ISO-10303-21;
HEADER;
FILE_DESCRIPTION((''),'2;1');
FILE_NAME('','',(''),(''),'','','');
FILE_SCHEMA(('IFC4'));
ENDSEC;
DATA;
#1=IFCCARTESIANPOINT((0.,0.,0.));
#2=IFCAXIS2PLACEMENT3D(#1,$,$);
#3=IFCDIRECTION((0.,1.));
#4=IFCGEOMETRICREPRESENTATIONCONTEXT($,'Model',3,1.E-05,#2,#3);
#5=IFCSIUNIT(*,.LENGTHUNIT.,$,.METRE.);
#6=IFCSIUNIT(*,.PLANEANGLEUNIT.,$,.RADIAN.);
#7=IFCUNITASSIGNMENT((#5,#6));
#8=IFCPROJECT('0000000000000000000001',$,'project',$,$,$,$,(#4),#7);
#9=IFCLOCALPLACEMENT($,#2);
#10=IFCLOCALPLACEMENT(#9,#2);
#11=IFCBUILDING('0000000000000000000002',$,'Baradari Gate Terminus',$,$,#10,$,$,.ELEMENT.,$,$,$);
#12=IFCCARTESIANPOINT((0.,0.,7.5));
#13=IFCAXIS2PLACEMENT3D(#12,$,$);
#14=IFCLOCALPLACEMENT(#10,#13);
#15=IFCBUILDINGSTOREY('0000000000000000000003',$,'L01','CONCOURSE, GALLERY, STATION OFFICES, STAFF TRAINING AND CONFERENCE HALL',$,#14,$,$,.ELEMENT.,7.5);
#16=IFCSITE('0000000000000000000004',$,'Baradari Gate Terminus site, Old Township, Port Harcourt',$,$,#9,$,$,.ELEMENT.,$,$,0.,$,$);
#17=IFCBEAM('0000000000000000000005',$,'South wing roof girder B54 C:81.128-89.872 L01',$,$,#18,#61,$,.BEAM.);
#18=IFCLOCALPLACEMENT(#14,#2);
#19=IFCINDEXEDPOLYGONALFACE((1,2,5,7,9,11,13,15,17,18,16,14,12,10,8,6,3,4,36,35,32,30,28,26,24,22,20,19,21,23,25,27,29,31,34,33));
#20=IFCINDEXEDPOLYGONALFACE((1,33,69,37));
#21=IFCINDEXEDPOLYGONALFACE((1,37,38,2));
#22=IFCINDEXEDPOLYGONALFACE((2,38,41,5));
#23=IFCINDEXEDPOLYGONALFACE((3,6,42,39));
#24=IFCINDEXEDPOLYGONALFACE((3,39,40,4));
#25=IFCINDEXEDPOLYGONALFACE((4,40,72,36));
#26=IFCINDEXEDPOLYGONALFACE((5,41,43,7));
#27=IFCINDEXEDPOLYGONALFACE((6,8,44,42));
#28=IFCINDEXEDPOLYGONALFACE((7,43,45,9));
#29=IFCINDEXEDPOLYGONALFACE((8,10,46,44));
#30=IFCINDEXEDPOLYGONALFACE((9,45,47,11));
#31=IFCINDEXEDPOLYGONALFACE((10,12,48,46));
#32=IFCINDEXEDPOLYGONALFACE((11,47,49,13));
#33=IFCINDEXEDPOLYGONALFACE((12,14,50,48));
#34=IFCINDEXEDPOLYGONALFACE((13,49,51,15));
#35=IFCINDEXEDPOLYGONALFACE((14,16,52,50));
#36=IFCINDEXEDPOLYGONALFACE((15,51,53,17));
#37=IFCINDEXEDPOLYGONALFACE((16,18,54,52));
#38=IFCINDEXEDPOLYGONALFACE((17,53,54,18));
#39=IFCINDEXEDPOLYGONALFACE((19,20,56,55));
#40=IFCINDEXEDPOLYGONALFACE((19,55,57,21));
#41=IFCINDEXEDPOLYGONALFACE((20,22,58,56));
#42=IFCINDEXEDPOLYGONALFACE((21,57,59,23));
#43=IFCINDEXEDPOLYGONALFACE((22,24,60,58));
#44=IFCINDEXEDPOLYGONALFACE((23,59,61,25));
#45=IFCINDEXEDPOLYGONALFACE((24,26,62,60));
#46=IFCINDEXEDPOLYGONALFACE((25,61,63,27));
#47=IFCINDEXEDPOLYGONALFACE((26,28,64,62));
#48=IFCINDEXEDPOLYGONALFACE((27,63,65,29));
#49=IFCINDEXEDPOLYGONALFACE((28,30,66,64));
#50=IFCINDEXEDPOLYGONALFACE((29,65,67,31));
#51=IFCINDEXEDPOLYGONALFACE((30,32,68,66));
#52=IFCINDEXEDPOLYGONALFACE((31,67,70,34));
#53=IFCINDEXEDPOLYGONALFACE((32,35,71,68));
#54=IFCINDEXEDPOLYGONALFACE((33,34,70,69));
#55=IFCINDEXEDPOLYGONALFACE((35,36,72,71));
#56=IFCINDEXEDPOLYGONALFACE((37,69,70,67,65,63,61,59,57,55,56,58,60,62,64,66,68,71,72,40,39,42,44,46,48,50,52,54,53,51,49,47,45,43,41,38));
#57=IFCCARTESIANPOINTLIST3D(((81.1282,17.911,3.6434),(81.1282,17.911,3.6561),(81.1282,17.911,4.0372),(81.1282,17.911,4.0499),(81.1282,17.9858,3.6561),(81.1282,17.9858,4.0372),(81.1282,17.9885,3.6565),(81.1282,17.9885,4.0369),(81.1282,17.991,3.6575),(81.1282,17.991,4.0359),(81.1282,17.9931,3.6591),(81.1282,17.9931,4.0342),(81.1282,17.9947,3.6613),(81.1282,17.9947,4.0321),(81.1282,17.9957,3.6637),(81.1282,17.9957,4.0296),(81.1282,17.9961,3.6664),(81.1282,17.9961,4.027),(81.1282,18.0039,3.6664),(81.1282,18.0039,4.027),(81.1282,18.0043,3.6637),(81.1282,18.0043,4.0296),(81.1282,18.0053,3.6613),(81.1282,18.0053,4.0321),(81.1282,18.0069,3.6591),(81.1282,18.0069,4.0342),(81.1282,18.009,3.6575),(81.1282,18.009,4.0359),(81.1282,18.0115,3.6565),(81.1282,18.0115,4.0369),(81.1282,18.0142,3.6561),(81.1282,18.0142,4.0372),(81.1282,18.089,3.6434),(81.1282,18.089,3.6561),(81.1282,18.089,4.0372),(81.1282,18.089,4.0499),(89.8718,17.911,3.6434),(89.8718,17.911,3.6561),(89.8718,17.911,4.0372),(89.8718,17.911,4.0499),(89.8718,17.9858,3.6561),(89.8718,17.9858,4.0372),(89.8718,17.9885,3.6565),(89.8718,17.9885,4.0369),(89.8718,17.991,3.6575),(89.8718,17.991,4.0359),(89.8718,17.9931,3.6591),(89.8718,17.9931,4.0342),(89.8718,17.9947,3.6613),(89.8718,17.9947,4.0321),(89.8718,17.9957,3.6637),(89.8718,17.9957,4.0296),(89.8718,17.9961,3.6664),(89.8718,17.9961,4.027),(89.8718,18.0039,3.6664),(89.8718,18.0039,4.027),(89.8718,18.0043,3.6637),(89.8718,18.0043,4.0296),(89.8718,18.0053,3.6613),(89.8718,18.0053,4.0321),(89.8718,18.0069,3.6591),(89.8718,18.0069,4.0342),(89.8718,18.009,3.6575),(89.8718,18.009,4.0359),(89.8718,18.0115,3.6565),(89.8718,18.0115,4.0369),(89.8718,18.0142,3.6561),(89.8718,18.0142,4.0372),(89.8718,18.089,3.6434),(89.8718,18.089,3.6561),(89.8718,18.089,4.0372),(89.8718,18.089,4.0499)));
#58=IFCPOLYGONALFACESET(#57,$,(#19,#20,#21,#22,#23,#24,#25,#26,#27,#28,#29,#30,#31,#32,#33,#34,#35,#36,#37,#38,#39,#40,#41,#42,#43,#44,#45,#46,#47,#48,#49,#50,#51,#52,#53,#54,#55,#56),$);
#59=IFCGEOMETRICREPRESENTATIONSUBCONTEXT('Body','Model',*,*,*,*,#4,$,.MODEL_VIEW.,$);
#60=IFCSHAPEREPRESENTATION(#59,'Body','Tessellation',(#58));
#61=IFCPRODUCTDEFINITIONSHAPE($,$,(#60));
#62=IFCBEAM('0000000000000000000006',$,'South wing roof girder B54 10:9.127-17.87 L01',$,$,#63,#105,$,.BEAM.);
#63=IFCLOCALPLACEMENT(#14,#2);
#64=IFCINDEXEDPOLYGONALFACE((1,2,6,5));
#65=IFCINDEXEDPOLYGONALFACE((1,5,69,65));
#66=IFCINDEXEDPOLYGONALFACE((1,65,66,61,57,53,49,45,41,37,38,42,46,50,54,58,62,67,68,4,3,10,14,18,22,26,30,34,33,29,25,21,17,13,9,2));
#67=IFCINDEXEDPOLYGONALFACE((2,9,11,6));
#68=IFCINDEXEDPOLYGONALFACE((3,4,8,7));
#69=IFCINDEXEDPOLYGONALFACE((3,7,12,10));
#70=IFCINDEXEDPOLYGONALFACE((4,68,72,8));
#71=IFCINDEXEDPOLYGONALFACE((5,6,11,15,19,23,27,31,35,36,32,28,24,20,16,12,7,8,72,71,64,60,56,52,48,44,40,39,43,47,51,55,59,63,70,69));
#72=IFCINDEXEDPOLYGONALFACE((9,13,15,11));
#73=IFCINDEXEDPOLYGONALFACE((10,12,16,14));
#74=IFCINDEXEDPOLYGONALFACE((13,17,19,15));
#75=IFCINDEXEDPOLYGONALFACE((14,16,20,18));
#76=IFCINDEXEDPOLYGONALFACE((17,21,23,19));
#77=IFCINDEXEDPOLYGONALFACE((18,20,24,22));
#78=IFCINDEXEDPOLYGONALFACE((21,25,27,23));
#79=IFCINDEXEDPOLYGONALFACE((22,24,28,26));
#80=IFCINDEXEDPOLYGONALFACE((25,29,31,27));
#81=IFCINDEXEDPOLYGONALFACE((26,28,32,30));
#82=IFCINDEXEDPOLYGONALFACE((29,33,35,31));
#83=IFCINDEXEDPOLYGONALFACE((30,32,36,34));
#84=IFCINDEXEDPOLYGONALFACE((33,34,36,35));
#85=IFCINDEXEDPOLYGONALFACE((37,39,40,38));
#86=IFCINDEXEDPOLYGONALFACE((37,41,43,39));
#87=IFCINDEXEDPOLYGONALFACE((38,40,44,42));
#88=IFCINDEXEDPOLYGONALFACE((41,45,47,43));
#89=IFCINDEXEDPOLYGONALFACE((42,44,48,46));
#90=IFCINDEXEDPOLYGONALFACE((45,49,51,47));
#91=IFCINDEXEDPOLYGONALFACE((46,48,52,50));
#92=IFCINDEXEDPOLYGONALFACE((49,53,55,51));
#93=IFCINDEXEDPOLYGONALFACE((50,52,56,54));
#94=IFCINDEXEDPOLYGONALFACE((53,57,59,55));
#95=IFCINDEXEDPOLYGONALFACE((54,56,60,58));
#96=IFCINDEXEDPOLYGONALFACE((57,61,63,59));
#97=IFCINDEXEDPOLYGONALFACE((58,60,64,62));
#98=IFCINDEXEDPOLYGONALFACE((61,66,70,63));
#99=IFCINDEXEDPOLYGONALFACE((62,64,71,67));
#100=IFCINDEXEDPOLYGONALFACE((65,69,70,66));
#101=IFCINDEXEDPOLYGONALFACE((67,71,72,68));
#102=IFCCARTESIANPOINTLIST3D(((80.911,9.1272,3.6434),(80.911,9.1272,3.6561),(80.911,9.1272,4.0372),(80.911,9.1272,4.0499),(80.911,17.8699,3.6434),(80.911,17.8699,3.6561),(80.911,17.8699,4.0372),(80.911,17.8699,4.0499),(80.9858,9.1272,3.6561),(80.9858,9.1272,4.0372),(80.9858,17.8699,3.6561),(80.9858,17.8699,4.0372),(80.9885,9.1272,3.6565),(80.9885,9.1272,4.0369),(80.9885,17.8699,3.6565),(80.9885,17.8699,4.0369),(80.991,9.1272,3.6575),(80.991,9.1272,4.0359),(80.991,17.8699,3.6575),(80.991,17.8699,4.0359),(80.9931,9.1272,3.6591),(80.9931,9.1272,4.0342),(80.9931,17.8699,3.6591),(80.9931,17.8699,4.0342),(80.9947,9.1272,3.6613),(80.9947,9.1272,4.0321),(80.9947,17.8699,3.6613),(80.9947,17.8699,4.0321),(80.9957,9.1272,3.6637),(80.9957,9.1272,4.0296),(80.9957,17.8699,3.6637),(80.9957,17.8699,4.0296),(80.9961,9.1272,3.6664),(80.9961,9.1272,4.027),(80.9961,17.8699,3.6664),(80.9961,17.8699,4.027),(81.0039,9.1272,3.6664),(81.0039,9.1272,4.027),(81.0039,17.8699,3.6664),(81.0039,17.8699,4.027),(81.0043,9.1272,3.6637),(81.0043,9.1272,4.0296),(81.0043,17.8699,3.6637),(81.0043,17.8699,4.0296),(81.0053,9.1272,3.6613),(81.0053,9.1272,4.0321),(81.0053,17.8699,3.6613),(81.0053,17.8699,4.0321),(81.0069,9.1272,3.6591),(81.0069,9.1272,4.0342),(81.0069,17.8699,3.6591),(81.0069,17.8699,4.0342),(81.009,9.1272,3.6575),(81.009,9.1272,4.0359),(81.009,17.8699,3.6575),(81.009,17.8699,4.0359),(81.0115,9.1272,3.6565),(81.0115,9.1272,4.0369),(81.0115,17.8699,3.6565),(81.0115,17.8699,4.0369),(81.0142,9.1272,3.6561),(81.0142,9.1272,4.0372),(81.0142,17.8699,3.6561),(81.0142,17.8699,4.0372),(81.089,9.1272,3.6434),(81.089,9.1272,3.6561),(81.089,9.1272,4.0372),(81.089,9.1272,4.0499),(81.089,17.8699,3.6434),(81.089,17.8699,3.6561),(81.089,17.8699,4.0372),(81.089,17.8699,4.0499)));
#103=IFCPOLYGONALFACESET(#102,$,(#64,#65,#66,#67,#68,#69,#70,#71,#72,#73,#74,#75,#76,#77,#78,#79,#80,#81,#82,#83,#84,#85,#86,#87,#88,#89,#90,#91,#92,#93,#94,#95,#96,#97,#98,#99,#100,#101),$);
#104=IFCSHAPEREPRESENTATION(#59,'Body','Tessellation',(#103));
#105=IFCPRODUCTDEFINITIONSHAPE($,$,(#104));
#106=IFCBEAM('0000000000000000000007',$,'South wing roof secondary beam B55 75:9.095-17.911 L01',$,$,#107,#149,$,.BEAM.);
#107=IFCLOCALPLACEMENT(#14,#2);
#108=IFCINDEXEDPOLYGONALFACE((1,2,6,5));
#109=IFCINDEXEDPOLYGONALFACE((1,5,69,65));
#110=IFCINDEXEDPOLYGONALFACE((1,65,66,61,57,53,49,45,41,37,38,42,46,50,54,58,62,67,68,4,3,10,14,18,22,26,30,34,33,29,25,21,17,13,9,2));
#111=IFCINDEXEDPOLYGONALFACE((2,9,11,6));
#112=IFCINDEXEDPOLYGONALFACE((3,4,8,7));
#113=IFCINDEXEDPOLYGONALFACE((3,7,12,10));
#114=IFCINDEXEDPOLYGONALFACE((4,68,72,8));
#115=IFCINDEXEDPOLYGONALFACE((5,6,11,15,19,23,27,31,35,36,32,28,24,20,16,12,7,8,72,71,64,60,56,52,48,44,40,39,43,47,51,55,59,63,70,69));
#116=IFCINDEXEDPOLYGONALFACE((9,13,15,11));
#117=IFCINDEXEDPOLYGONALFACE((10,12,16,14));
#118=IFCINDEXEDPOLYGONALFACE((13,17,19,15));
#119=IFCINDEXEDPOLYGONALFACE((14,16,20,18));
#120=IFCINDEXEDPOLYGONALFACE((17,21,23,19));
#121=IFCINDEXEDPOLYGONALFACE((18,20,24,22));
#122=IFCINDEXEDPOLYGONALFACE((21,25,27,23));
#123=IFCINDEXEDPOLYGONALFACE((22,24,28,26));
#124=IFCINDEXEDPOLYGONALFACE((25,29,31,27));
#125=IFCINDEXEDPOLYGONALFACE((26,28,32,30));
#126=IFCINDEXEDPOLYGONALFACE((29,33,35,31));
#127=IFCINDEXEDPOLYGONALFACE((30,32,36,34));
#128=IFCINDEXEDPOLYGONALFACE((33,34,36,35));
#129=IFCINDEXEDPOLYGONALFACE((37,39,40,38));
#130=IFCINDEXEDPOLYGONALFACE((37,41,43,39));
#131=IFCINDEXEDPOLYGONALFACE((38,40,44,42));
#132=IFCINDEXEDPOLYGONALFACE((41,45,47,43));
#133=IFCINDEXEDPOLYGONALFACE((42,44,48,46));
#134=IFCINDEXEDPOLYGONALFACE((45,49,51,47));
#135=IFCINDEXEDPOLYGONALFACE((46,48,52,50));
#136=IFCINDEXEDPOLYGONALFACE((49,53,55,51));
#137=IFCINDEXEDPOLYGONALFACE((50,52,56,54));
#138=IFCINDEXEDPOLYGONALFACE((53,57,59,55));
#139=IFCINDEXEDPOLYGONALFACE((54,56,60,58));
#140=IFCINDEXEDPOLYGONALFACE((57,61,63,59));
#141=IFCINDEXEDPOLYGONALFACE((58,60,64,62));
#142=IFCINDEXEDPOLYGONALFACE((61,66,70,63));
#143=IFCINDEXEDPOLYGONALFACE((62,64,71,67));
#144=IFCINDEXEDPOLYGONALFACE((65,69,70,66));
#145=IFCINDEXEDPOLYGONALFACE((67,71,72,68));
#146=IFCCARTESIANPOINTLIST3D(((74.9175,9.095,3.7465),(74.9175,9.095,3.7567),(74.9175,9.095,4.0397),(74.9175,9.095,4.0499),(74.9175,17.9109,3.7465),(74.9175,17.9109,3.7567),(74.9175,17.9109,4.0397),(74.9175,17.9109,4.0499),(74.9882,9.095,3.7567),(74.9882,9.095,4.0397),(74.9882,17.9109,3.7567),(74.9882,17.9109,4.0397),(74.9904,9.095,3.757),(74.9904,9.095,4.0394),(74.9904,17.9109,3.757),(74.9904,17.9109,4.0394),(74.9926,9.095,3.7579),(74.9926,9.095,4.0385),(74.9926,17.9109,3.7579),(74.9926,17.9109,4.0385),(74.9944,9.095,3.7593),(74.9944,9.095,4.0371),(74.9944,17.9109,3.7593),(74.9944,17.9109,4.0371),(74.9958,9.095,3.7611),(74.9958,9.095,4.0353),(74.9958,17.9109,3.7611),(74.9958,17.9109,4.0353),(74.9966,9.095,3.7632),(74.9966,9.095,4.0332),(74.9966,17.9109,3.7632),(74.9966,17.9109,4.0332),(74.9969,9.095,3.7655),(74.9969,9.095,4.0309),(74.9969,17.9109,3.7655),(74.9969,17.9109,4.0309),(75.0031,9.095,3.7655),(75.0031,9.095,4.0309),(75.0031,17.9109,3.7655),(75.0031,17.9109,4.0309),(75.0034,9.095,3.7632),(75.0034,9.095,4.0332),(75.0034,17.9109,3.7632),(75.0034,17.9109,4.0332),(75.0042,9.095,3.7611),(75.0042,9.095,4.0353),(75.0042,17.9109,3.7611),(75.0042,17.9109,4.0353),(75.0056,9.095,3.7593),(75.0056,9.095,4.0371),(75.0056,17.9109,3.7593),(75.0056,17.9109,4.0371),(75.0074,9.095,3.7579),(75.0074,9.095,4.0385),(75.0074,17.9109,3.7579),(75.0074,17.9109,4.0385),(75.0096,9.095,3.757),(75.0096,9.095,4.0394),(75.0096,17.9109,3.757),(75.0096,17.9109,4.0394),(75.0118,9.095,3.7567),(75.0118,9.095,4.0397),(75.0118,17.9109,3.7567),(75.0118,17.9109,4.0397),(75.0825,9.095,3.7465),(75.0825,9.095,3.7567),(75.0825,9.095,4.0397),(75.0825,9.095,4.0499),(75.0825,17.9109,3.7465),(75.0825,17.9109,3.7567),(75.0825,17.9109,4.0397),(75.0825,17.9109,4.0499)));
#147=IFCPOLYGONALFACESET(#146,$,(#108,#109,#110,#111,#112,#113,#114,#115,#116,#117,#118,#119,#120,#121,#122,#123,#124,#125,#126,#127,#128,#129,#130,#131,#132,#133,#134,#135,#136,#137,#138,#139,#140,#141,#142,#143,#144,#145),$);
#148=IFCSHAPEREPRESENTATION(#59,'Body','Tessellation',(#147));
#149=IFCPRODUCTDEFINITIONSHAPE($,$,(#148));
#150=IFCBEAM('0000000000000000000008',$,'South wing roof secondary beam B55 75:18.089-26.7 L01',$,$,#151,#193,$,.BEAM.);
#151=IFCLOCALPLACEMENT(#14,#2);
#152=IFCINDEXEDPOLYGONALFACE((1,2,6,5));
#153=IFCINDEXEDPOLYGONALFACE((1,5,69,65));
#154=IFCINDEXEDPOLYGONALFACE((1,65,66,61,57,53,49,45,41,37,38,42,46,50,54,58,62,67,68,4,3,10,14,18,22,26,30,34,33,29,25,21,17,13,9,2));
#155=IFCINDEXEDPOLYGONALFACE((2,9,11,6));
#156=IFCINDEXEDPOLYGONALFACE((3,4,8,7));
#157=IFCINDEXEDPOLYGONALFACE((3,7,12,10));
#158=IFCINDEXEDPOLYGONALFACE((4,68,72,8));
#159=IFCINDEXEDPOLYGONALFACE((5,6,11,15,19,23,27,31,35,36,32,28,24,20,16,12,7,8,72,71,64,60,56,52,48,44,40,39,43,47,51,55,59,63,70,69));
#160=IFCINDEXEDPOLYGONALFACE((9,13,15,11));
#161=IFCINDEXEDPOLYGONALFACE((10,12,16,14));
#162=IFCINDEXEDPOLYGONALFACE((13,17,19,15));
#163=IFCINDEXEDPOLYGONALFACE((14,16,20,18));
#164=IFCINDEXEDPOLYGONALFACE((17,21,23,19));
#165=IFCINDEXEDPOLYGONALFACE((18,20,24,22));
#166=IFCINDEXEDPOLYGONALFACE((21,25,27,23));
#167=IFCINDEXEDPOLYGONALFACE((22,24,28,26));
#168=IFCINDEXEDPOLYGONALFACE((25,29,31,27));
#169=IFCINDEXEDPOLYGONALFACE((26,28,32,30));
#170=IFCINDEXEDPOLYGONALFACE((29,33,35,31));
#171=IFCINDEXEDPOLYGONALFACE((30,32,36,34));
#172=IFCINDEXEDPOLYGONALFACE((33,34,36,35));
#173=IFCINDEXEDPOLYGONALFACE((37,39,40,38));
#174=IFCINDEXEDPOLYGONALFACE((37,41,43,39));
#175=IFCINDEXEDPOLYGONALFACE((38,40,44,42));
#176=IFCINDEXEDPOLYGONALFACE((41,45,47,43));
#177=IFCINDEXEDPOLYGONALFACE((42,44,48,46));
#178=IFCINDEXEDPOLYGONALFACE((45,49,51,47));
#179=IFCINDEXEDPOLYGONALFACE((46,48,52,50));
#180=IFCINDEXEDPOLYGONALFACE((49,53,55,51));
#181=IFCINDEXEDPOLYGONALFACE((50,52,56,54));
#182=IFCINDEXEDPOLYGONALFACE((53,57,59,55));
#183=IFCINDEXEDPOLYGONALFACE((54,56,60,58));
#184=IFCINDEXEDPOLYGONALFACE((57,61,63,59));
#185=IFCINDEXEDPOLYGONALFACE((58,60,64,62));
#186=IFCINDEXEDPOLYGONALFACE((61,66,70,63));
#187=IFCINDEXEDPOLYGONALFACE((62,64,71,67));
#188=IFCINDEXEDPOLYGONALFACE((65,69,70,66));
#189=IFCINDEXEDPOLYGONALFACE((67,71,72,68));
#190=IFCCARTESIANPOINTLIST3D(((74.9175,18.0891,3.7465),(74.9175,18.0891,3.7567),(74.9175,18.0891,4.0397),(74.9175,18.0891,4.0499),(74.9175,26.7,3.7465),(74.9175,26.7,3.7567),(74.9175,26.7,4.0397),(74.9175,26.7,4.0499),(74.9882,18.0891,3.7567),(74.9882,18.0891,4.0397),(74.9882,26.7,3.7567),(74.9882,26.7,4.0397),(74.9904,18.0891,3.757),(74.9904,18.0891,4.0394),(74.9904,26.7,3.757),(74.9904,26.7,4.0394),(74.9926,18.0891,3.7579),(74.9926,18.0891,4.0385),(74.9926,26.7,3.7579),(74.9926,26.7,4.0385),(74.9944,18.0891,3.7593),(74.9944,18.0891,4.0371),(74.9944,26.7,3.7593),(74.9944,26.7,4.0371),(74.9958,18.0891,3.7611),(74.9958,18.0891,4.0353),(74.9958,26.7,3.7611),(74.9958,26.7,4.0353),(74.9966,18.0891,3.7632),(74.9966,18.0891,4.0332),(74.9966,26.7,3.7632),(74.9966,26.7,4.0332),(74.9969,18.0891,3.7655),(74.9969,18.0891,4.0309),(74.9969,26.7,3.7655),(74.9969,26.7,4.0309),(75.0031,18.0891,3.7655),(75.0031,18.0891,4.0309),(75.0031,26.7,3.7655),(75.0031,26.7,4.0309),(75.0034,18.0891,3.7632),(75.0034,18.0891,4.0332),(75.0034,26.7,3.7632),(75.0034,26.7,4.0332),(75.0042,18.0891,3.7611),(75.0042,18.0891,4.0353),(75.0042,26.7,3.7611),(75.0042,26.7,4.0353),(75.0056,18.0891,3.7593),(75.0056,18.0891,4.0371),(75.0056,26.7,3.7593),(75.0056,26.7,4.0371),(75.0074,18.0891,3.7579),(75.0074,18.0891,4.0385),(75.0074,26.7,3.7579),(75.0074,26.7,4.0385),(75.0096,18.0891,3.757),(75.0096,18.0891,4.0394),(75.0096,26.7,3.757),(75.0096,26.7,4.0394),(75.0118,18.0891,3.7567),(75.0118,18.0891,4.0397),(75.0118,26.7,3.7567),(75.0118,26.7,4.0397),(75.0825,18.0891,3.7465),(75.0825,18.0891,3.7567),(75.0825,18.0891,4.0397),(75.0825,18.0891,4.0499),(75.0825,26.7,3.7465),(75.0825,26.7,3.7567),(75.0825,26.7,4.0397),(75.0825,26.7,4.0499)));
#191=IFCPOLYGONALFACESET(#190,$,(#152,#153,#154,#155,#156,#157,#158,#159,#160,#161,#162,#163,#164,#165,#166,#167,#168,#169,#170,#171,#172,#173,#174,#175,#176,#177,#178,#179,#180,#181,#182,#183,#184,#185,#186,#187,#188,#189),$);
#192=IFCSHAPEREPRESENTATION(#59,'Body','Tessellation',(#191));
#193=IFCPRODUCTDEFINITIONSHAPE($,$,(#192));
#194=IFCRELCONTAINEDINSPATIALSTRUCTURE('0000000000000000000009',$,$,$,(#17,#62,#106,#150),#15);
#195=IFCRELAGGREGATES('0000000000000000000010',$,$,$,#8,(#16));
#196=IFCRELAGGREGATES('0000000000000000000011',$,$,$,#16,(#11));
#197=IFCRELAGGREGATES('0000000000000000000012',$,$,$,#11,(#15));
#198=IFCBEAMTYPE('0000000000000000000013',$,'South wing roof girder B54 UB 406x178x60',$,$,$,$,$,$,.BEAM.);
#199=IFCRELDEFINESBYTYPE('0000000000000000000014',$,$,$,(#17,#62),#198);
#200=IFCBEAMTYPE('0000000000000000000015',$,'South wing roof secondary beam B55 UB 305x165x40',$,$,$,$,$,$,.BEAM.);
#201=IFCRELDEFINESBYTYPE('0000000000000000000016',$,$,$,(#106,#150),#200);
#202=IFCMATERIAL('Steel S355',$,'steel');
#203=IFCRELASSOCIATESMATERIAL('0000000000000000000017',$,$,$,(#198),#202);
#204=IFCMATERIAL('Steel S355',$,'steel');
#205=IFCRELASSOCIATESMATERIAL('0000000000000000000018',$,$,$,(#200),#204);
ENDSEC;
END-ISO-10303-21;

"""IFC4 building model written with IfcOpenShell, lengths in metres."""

from ifc_helpers import new_model, si_unit, direction, frame, origin, origin_2d, place, context, subcontext, project, spatial, i_section, extrude, material, material_profile, profile_set, type_object, element, save


model = new_model("IFC4")

# Units and contexts
model_context = context("Model", 3, precision=1e-05, world=origin(), true_north=direction((0.0, 1.0)))
body_context = subcontext(model_context, "Body", "Model", "MODEL_VIEW")
ifc_project = project(units=[si_unit("LENGTHUNIT", "METRE"), si_unit("PLANEANGLEUNIT", "RADIAN")], contexts=[model_context])

# Site, building, storey
site_placement = place(None, origin())
site = spatial("IfcSite", under=ifc_project, at=site_placement, Name="Baradari Gate Terminus site, Old Township, Port Harcourt", CompositionType="ELEMENT", RefElevation=0.0)
building_placement = place(site_placement, origin())
building = spatial("IfcBuilding", under=site, at=building_placement, Name="Baradari Gate Terminus", CompositionType="ELEMENT")
storey_placement = place(building_placement, frame((0.0, 0.0, 7.5)))
storey = spatial("IfcBuildingStorey", under=building, at=storey_placement, Name="L01", Description="CONCOURSE, GALLERY, STATION OFFICES, STAFF TRAINING AND CONFERENCE HALL", CompositionType="ELEMENT", Elevation=7.5)

# Beams
ifc_material_1 = material(Name="Steel S355", Category="steel")
ifc_material_profile_1 = material_profile(ifc_material_1, i_section(OverallWidth=0.178, OverallDepth=0.4065, WebThickness=0.0078, FlangeThickness=0.0127, FilletRadius=0.0103, at=origin_2d()), Name="UB 406x178x60")
ifc_profile_set_1 = profile_set([ifc_material_profile_1], Name="Steel S355")
beam_type_1 = type_object("IfcBeamType", Name="South wing roof girder B54 UB 406x178x60", PredefinedType="BEAM", material=ifc_profile_set_1)
beam_1_placement = place(storey_placement, frame((81.1282, 18.0, 3.8467), z_axis=(1.0, 0.0, 0.0), x_axis=(0.0, 1.0, 0.0)))
element("IfcBeam", 1, at=beam_1_placement, inside=storey, type_object=beam_type_1, Name="South wing roof girder B54 C:81.128-89.872 L01", PredefinedType="BEAM", context=body_context, shape_type="SweptSolid", body=[
    extrude(i_section(OverallWidth=0.178, OverallDepth=0.4065, WebThickness=0.0078, FlangeThickness=0.0127, FilletRadius=0.0103, at=origin_2d()), origin(), (0.0, 0.0, 1.0), 8.7437),
])
beam_2_placement = place(storey_placement, frame((81.0, 9.1272, 3.8467), z_axis=(0.0, 1.0, 0.0), x_axis=(-1.0, 0.0, 0.0)))
element("IfcBeam", 2, at=beam_2_placement, inside=storey, type_object=beam_type_1, Name="South wing roof girder B54 10:9.127-17.87 L01", PredefinedType="BEAM", context=body_context, shape_type="SweptSolid", body=[
    extrude(i_section(OverallWidth=0.178, OverallDepth=0.4065, WebThickness=0.0078, FlangeThickness=0.0127, FilletRadius=0.0103, at=origin_2d()), origin(), (0.0, 0.0, 1.0), 8.7427),
])
ifc_material_2 = material(Name="Steel S355", Category="steel")
ifc_material_profile_2 = material_profile(ifc_material_2, i_section(OverallWidth=0.165, OverallDepth=0.3035, WebThickness=0.0061, FlangeThickness=0.0103, FilletRadius=0.0088, at=origin_2d()), Name="UB 305x165x40")
ifc_profile_set_2 = profile_set([ifc_material_profile_2], Name="Steel S355")
beam_type_2 = type_object("IfcBeamType", Name="South wing roof secondary beam B55 UB 305x165x40", PredefinedType="BEAM", material=ifc_profile_set_2)
beam_3_placement = place(storey_placement, frame((75.0, 9.095, 3.8982), z_axis=(0.0, 1.0, 0.0), x_axis=(-1.0, 0.0, 0.0)))
element("IfcBeam", 3, at=beam_3_placement, inside=storey, type_object=beam_type_2, Name="South wing roof secondary beam B55 75:9.095-17.911 L01", PredefinedType="BEAM", context=body_context, shape_type="SweptSolid", body=[
    extrude(i_section(OverallWidth=0.165, OverallDepth=0.3035, WebThickness=0.0061, FlangeThickness=0.0103, FilletRadius=0.0088, at=origin_2d()), origin(), (0.0, 0.0, 1.0), 8.8159),
])
beam_4_placement = place(storey_placement, frame((75.0, 18.0891, 3.8982), z_axis=(0.0, 1.0, 0.0), x_axis=(-1.0, 0.0, 0.0)))
element("IfcBeam", 4, at=beam_4_placement, inside=storey, type_object=beam_type_2, Name="South wing roof secondary beam B55 75:18.089-26.7 L01", PredefinedType="BEAM", context=body_context, shape_type="SweptSolid", body=[
    extrude(i_section(OverallWidth=0.165, OverallDepth=0.3035, WebThickness=0.0061, FlangeThickness=0.0103, FilletRadius=0.0088, at=origin_2d()), origin(), (0.0, 0.0, 1.0), 8.6108),
])

save(model, "model.ifc")
